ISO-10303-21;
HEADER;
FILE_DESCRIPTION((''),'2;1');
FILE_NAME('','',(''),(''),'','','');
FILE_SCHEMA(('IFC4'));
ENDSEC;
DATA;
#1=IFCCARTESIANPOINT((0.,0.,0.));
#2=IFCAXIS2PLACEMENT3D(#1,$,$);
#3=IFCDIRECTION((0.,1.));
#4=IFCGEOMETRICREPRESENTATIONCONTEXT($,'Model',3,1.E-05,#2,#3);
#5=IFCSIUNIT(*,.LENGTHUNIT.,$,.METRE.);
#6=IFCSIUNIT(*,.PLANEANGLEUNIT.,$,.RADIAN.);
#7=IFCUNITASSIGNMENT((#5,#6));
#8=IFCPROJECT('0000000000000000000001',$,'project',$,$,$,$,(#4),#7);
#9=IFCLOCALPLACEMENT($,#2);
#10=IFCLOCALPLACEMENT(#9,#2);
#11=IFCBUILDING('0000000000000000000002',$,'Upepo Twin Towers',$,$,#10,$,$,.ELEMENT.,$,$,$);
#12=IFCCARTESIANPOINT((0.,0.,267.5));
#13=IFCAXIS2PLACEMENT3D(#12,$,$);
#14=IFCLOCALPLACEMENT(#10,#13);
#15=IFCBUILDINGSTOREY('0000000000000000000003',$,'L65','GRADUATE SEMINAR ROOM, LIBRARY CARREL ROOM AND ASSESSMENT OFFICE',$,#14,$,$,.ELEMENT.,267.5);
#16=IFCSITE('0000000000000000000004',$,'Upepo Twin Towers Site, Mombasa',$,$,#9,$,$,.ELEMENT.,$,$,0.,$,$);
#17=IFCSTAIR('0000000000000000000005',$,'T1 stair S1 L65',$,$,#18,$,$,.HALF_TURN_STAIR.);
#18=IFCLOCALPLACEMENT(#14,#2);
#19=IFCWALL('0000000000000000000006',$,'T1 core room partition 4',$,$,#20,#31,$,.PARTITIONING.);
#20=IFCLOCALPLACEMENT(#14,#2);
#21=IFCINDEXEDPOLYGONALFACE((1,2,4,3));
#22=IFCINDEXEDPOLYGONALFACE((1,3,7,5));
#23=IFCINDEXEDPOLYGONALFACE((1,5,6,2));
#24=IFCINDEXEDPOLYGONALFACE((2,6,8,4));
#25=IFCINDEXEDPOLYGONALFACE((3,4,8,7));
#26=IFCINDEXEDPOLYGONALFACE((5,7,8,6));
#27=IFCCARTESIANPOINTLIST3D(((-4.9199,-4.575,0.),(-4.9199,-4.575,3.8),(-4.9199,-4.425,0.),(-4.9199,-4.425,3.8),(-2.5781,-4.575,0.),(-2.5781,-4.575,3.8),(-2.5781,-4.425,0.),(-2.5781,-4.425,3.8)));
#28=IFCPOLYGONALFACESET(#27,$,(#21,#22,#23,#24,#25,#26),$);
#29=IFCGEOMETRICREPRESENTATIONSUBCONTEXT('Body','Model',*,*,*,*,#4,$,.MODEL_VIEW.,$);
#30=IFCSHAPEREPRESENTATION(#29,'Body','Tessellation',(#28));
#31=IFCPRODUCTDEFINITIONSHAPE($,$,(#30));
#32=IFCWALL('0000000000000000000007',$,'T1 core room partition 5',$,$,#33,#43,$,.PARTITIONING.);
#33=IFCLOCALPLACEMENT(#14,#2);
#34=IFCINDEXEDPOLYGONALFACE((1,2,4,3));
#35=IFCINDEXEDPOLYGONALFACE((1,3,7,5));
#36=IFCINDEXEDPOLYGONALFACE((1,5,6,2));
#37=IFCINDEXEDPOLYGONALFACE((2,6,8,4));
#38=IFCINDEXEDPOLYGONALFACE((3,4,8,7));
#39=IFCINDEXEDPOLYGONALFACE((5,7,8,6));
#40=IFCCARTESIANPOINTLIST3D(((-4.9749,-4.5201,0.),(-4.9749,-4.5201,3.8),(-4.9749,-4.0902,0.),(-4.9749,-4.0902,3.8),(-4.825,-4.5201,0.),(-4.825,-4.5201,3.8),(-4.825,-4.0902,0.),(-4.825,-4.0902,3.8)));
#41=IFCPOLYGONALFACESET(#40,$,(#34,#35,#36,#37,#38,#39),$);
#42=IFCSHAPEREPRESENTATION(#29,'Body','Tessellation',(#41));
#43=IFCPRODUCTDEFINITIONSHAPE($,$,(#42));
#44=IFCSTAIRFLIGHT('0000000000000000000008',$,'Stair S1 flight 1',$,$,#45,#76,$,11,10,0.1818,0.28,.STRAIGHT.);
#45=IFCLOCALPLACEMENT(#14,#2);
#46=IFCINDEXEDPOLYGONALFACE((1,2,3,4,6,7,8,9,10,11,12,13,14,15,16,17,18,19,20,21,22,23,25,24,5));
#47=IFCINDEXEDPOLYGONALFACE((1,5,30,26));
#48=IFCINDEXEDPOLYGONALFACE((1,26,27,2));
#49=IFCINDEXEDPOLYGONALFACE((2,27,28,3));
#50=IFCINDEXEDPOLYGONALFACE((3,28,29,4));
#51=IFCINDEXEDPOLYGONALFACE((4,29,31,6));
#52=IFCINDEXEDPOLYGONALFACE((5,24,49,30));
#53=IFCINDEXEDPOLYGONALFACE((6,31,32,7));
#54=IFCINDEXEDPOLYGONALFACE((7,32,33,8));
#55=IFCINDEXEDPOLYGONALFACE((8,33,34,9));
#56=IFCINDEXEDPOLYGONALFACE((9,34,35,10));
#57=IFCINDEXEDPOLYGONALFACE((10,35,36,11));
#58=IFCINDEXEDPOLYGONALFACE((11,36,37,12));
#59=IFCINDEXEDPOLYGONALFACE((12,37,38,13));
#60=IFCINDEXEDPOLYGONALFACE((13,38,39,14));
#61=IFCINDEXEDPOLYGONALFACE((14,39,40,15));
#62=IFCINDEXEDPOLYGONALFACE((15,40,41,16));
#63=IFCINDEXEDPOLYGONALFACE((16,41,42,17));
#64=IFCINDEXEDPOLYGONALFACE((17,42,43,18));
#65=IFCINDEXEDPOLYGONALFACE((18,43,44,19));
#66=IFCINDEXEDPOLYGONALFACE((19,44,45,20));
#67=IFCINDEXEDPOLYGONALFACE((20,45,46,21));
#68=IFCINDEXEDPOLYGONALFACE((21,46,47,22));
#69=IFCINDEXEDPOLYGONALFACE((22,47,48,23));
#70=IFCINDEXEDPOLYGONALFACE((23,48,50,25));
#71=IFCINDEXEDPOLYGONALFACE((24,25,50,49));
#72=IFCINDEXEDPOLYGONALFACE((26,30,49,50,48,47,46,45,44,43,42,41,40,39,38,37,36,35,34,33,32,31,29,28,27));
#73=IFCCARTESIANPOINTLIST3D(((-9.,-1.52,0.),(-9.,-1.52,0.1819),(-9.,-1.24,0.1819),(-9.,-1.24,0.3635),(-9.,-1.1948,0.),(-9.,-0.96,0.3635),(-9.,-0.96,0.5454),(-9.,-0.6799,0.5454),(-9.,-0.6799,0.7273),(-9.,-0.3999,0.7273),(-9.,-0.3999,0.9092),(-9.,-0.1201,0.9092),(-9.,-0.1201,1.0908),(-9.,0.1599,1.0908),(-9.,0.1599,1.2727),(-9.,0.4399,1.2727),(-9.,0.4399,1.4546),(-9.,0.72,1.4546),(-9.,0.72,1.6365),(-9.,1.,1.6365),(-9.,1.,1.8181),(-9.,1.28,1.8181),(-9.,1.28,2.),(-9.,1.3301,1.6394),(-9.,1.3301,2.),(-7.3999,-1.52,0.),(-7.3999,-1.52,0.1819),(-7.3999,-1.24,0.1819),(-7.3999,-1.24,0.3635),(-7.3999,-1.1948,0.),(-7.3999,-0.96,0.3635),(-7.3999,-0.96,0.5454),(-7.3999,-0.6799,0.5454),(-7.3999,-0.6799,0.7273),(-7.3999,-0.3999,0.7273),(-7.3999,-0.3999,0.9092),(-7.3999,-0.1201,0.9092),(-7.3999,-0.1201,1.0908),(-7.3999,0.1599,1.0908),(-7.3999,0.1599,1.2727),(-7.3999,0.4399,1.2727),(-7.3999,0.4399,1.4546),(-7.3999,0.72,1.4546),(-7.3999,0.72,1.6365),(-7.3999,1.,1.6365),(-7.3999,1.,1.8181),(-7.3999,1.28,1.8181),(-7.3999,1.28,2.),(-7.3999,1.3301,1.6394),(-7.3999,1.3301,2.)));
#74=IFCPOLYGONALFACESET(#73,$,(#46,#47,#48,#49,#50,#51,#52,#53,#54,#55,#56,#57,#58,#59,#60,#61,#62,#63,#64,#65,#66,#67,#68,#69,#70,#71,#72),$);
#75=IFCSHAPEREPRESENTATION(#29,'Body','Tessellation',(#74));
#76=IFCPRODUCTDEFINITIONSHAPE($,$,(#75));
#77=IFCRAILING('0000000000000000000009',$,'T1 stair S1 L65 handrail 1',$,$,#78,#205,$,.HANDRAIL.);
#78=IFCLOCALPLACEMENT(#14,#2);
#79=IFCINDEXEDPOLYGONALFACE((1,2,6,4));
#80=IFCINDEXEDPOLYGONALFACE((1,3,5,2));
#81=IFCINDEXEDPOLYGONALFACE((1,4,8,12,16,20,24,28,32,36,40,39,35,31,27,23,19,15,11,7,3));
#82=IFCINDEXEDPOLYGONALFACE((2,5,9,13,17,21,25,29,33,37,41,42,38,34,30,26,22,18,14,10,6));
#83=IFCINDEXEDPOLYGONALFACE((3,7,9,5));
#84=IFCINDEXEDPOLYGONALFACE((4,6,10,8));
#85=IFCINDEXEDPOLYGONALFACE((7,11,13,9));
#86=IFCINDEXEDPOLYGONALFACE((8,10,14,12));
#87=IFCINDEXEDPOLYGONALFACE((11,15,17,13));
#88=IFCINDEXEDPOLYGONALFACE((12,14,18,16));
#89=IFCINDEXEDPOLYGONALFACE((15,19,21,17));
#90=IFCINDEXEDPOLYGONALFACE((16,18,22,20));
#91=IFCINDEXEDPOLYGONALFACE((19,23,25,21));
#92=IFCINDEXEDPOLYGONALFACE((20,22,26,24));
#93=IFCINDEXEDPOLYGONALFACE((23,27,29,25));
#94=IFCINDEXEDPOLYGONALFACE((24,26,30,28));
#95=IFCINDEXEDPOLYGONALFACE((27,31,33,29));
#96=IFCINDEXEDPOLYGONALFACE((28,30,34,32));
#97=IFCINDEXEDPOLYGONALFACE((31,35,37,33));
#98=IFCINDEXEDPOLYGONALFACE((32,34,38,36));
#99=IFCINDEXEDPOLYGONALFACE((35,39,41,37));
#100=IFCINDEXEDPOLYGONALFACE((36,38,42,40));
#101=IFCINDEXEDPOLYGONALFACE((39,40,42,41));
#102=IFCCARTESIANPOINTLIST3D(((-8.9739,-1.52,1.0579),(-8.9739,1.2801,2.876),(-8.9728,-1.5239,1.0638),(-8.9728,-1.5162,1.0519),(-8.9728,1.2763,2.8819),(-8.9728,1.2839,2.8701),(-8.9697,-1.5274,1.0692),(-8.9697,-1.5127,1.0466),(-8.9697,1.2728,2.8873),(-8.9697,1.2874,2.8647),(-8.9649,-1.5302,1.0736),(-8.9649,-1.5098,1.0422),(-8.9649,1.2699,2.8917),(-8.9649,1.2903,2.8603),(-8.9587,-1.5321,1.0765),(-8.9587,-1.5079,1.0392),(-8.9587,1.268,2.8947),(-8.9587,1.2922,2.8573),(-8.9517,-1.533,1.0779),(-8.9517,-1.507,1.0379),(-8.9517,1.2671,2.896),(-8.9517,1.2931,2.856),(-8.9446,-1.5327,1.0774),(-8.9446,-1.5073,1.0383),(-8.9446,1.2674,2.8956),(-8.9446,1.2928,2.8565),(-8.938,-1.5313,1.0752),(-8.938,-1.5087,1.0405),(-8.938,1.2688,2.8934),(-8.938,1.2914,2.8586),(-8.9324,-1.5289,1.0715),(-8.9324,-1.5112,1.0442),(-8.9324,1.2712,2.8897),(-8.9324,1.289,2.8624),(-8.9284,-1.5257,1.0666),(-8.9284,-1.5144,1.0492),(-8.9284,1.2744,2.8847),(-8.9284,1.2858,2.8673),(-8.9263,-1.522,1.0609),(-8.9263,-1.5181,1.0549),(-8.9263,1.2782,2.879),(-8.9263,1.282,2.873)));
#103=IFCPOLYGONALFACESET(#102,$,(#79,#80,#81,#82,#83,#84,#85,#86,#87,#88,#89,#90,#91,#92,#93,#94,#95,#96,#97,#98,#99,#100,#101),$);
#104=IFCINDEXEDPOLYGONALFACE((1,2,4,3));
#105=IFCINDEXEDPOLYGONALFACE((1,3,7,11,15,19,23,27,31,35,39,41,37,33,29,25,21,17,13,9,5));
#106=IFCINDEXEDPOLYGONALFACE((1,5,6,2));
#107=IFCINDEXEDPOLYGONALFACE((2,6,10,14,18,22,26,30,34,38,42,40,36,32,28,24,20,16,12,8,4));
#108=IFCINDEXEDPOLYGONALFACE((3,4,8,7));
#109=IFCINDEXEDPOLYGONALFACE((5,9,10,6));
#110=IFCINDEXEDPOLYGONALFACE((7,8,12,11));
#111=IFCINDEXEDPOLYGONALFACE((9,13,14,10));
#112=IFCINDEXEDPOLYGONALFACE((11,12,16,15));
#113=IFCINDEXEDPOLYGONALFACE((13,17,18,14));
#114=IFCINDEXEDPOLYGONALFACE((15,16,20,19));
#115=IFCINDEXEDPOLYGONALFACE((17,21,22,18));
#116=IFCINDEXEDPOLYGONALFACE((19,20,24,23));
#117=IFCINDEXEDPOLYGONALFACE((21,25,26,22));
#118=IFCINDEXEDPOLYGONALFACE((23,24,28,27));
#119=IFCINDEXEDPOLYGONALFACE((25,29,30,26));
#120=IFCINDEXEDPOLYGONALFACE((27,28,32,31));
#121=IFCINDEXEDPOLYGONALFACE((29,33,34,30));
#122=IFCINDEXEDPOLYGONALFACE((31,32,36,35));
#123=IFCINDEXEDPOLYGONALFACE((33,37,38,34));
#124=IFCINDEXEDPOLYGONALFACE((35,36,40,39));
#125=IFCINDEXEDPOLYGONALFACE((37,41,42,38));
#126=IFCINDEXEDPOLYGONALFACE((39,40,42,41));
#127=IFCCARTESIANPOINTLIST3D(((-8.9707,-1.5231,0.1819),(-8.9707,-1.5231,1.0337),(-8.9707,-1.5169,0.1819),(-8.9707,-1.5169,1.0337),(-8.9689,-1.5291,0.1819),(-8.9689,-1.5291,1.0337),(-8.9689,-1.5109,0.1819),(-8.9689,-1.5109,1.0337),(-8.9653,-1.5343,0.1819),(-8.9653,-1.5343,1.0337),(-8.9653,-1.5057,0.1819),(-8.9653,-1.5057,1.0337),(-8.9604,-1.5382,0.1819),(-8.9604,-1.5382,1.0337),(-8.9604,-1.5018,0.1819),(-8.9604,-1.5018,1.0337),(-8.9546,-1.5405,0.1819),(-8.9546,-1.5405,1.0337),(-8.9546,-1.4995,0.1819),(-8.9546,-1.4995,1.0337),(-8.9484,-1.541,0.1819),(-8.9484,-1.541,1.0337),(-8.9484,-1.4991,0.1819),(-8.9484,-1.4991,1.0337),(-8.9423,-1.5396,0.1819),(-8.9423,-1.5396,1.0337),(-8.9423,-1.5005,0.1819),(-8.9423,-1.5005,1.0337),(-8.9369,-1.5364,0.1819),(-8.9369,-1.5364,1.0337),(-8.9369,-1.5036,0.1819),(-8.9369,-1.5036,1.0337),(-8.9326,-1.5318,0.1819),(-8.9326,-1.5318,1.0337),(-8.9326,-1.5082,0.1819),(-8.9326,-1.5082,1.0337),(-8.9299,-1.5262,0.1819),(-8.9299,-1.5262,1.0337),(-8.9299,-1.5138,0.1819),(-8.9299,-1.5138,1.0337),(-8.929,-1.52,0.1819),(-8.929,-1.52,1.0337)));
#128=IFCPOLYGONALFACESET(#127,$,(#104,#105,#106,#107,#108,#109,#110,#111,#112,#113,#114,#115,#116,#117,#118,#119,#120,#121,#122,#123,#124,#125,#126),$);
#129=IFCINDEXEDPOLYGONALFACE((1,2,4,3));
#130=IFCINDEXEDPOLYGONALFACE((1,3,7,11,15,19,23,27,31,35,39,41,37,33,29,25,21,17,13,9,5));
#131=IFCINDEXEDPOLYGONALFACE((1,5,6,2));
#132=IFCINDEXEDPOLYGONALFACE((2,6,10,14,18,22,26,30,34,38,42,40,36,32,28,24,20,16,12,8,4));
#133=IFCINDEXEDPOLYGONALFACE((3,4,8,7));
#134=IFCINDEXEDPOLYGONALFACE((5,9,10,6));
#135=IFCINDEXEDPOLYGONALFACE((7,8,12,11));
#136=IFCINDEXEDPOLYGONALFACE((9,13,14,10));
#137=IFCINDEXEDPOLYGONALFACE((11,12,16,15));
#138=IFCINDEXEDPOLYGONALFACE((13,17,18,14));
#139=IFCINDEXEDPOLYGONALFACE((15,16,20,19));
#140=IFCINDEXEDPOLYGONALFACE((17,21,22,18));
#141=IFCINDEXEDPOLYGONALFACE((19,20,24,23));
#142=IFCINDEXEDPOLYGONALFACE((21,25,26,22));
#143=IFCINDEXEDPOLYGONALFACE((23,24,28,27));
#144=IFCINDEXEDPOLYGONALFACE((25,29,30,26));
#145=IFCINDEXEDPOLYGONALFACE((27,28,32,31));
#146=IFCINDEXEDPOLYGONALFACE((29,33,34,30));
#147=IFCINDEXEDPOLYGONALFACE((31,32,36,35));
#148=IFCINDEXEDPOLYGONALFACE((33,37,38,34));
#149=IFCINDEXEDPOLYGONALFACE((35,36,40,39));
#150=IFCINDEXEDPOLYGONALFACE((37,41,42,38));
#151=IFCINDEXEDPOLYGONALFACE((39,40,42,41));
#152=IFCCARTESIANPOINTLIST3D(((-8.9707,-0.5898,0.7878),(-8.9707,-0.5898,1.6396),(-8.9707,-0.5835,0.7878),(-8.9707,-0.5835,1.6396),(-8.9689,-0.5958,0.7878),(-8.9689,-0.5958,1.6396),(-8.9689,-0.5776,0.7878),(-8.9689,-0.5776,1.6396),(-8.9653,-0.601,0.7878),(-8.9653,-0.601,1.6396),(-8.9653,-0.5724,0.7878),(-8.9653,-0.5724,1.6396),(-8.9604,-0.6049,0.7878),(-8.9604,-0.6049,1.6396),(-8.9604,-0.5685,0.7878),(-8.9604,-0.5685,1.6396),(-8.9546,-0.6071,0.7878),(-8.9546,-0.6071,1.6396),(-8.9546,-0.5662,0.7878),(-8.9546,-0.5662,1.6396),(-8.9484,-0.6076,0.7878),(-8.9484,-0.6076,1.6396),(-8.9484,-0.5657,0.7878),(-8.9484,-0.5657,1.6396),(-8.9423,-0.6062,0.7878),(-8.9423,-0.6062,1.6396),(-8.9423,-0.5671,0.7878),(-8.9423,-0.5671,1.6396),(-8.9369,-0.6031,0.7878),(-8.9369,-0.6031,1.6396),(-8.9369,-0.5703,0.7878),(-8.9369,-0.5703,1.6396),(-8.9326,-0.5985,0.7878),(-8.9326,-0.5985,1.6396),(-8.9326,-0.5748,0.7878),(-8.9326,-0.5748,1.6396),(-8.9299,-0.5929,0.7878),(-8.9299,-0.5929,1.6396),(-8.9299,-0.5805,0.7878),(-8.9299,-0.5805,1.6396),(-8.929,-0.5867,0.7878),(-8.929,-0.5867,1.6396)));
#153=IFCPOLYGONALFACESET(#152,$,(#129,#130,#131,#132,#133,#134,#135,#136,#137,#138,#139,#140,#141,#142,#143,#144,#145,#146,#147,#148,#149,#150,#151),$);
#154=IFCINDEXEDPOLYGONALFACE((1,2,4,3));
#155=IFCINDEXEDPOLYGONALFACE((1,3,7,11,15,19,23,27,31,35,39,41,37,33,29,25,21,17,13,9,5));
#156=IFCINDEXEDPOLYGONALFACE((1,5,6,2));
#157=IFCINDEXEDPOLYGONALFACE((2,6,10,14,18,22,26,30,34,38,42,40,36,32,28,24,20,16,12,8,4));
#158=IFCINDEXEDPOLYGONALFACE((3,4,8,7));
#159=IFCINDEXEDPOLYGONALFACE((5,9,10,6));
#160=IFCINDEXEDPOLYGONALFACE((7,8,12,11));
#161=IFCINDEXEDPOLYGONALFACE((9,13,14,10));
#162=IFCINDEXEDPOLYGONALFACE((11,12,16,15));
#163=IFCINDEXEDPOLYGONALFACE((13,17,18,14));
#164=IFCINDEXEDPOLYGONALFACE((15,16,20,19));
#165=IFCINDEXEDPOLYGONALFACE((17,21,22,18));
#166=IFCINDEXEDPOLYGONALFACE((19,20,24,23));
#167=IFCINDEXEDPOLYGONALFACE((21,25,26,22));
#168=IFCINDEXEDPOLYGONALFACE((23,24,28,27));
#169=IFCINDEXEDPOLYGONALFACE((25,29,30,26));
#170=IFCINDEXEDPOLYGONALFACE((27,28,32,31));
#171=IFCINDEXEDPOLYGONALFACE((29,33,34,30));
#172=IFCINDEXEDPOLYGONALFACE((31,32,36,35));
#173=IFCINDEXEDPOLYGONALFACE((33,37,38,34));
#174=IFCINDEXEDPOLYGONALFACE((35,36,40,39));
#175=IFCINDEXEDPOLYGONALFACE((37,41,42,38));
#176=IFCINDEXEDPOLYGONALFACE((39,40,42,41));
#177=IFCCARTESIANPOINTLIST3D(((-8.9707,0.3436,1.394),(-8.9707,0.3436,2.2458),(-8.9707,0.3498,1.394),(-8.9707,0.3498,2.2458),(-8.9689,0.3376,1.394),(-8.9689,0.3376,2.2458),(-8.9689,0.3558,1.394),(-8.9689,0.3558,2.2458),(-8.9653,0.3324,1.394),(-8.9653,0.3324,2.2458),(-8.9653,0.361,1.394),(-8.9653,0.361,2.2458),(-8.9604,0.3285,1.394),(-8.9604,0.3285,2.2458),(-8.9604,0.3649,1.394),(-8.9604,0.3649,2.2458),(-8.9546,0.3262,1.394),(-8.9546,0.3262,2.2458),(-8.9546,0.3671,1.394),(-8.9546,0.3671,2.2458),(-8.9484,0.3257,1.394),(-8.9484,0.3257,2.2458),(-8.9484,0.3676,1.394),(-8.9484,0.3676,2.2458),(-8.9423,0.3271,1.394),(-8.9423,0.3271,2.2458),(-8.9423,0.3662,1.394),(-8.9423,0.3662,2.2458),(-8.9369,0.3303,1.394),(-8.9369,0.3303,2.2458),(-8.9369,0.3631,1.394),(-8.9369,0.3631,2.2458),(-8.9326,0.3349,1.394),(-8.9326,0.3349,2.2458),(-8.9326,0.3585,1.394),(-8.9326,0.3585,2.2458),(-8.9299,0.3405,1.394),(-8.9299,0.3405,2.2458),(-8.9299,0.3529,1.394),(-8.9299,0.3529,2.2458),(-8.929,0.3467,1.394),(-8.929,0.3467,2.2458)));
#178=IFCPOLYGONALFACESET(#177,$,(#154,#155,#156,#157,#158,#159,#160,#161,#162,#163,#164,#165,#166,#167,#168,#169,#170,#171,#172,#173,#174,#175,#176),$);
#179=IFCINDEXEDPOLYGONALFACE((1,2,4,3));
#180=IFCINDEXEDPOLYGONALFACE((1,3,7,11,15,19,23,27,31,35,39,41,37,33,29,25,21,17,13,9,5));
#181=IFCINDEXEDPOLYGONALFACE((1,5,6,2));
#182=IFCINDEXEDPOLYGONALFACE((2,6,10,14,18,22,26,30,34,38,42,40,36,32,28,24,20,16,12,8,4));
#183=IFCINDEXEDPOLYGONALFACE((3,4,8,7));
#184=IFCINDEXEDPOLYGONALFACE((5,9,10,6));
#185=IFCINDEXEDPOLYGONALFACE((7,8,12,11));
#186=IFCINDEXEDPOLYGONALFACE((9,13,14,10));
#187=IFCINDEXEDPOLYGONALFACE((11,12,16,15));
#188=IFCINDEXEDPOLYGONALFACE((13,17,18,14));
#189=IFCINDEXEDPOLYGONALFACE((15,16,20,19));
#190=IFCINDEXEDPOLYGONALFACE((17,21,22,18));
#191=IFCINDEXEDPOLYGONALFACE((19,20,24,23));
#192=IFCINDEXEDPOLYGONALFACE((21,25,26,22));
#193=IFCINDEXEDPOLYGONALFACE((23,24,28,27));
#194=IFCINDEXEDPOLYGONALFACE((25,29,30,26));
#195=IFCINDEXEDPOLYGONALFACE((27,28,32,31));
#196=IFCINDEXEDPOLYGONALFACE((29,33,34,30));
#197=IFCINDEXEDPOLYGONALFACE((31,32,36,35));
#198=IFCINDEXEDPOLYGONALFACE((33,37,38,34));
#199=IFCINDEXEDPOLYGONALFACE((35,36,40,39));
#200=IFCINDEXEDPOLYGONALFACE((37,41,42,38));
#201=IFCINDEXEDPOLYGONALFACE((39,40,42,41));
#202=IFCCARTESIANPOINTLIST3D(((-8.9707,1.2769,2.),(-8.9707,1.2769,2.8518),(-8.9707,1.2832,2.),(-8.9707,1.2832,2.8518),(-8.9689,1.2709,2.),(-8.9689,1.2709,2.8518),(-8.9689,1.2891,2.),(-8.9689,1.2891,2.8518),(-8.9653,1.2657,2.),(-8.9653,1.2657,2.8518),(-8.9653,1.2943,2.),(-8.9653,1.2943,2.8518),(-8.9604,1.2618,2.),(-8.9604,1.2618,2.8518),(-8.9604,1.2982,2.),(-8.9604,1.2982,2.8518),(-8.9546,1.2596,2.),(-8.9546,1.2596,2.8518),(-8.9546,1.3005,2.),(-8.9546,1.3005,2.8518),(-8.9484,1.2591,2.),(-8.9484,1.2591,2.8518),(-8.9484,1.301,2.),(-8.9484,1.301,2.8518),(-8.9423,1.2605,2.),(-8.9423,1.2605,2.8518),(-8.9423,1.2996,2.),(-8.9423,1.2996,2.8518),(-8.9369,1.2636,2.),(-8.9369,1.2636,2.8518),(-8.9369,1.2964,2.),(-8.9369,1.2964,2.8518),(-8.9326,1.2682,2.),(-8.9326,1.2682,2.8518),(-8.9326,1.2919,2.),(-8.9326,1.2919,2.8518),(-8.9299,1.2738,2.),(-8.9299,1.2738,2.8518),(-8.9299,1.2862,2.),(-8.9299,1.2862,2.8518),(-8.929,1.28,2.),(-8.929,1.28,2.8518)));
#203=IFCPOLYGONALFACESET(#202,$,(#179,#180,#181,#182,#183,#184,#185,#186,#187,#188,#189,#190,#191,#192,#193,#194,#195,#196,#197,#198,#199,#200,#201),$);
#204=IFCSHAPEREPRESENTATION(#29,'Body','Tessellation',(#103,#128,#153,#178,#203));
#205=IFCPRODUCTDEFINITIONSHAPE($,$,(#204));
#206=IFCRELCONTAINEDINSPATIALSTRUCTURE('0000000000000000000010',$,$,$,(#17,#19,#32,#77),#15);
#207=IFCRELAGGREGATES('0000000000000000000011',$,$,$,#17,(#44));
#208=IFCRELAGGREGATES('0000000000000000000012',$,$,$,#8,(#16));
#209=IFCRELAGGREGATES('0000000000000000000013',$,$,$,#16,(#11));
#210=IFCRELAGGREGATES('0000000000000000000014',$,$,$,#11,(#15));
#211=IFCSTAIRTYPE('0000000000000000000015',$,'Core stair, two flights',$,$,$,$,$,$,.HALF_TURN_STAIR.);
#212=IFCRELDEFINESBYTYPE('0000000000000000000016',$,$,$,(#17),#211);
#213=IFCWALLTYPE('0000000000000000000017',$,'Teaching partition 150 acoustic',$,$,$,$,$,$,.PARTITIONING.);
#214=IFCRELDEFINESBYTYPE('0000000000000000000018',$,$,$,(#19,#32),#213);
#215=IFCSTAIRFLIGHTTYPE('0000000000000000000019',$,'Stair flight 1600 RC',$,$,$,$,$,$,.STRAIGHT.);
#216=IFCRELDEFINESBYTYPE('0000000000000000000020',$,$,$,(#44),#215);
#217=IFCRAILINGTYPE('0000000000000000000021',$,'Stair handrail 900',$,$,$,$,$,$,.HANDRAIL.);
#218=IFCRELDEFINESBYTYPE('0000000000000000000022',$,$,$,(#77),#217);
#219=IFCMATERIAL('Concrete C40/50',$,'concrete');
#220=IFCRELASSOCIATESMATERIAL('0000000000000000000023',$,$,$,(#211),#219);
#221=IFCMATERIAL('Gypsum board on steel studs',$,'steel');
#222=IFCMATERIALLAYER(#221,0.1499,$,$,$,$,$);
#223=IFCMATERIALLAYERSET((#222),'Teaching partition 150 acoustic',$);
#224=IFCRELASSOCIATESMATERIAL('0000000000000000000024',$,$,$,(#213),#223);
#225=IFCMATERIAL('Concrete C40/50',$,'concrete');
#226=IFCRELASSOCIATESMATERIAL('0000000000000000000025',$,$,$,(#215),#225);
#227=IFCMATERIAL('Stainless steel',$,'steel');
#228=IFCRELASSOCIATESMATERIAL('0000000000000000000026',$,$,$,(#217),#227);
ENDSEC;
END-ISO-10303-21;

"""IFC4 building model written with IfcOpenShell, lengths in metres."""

from ifc_helpers import new_model, si_unit, direction, frame, frame_2d, origin, origin_2d, place, context, subcontext, project, spatial, polyline, rectangle, circle, outline, extrude, material, layer, layer_set, type_object, element, aggregate, save


model = new_model("IFC4")

# Units and contexts
model_context = context("Model", 3, precision=1e-05, world=origin(), true_north=direction((0.0, 1.0)))
body_context = subcontext(model_context, "Body", "Model", "MODEL_VIEW")
ifc_project = project(units=[si_unit("LENGTHUNIT", "METRE"), si_unit("PLANEANGLEUNIT", "RADIAN")], contexts=[model_context])

# Site, building, storey
site_placement = place(None, origin())
site = spatial("IfcSite", under=ifc_project, at=site_placement, Name="Upepo Twin Towers Site, Mombasa", CompositionType="ELEMENT", RefElevation=0.0)
building_placement = place(site_placement, origin())
building = spatial("IfcBuilding", under=site, at=building_placement, Name="Upepo Twin Towers", CompositionType="ELEMENT")
storey_placement = place(building_placement, frame((0.0, 0.0, 267.5)))
storey = spatial("IfcBuildingStorey", under=building, at=storey_placement, Name="L65", Description="GRADUATE SEMINAR ROOM, LIBRARY CARREL ROOM AND ASSESSMENT OFFICE", CompositionType="ELEMENT", Elevation=267.5)

# Stair
ifc_material_1 = material(Name="Concrete C40/50", Category="concrete")
stair_type = type_object("IfcStairType", Name="Core stair, two flights", PredefinedType="HALF_TURN_STAIR", material=ifc_material_1)
stair_placement = place(storey_placement, origin())
stair = element("IfcStair", 1, at=stair_placement, inside=storey, type_object=stair_type, Name="T1 stair S1 L65", PredefinedType="HALF_TURN_STAIR")

# Shared definitions
ifc_material_2 = material(Name="Gypsum board on steel studs", Category="steel")
ifc_layer_1 = layer(ifc_material_2, 0.1499)
ifc_layer_set_1 = layer_set([ifc_layer_1], Name="Teaching partition 150 acoustic")
wall_type_1 = type_object("IfcWallType", Name="Teaching partition 150 acoustic", PredefinedType="PARTITIONING", material=ifc_layer_set_1)

# Walls
wall_1_placement = place(storey_placement, frame((-2.5781, -4.5, 0.0), z_axis=(0.0, 0.0, 1.0), x_axis=(-1.0, 0.0, 0.0)))
element("IfcWall", 2, at=wall_1_placement, inside=storey, type_object=wall_type_1, Name="T1 core room partition 4", PredefinedType="PARTITIONING", context=body_context, shape_type="SweptSolid", body=[
    extrude(rectangle(XDim=2.3418, YDim=0.1499, at=frame_2d((1.1709, 0.0))), origin(), (0.0, 0.0, 1.0), 3.8),
])
wall_2_placement = place(storey_placement, frame((-4.8999, -4.52, 0.0), z_axis=(0.0, 0.0, 1.0), x_axis=(0.0, 1.0, 0.0)))
element("IfcWall", 3, at=wall_2_placement, inside=storey, type_object=wall_type_1, Name="T1 core room partition 5", PredefinedType="PARTITIONING", context=body_context, shape_type="SweptSolid", body=[
    extrude(rectangle(XDim=0.4299, YDim=0.1499, at=frame_2d((0.2148, 0.0))), origin(), (0.0, 0.0, 1.0), 3.8),
])

# Stair flight
ifc_material_3 = material(Name="Concrete C40/50", Category="concrete")
stair_flight_type = type_object("IfcStairFlightType", Name="Stair flight 1600 RC", PredefinedType="STRAIGHT", material=ifc_material_3)
stair_flight_placement = place(storey_placement, frame((-8.2, -1.52, 0.0), z_axis=(0.0, 0.0, 1.0), x_axis=(0.0, 1.0, 0.0)))
stair_flight = element("IfcStairFlight", 4, at=stair_flight_placement, type_object=stair_flight_type, Name="Stair S1 flight 1", NumberOfRisers=11, NumberOfTreads=10, PredefinedType="STRAIGHT", RiserHeight=0.1818, TreadLength=0.28, context=body_context, shape_type="SweptSolid", body=[
    extrude(outline(polyline([(0.0, 0.0), (0.0, 0.1819), (0.28, 0.1819), (0.28, 0.3635), (0.5601, 0.3635), (0.5601, 0.5454), (0.8401, 0.5454), (0.8401, 0.7273), (1.1201, 0.7273), (1.1201, 0.9092), (1.3999, 0.9092), (1.3999, 1.0908), (1.6799, 1.0908), (1.6799, 1.2727), (1.96, 1.2727), (1.96, 1.4546), (2.24, 1.4546), (2.24, 1.6365), (2.52, 1.6365), (2.52, 1.8181), (2.8, 1.8181), (2.8, 2.0), (2.8501, 2.0), (2.8501, 1.6394), (0.3252, 0.0), (0.0, 0.0)])), frame((0.0, 0.8, 0.0), z_axis=(0.0, -1.0, 0.0), x_axis=(1.0, 0.0, 0.0)), (0.0, 0.0, 1.0), 1.6001),
])
aggregate(stair, [stair_flight])

# Railing
ifc_material_4 = material(Name="Stainless steel", Category="steel")
railing_type = type_object("IfcRailingType", Name="Stair handrail 900", PredefinedType="HANDRAIL", material=ifc_material_4)
railing_placement = place(storey_placement, frame((-8.95, -1.52, 0.1819)))
element("IfcRailing", 5, at=railing_placement, inside=storey, type_object=railing_type, Name="T1 stair S1 L65 handrail 1", PredefinedType="HANDRAIL", context=body_context, shape_type="SweptSolid", body=[
    extrude(circle(Radius=0.0239, at=origin_2d()), frame((0.0, 0.0, 0.876), z_axis=(0.0, 0.838706, 0.544585), x_axis=(-1.0, 0.0, 0.0)), (0.0, 0.0, 1.0), 3.3386),
    extrude(circle(Radius=0.021, at=origin_2d()), origin(), (0.0, 0.0, 1.0), 0.8518),
    extrude(circle(Radius=0.021, at=origin_2d()), frame((0.0, 0.9333, 0.606)), (0.0, 0.0, 1.0), 0.8518),
    extrude(circle(Radius=0.021, at=origin_2d()), frame((0.0, 1.8667, 1.2122)), (0.0, 0.0, 1.0), 0.8518),
    extrude(circle(Radius=0.021, at=origin_2d()), frame((0.0, 2.8, 1.8181)), (0.0, 0.0, 1.0), 0.8518),
])

save(model, "model.ifc")
